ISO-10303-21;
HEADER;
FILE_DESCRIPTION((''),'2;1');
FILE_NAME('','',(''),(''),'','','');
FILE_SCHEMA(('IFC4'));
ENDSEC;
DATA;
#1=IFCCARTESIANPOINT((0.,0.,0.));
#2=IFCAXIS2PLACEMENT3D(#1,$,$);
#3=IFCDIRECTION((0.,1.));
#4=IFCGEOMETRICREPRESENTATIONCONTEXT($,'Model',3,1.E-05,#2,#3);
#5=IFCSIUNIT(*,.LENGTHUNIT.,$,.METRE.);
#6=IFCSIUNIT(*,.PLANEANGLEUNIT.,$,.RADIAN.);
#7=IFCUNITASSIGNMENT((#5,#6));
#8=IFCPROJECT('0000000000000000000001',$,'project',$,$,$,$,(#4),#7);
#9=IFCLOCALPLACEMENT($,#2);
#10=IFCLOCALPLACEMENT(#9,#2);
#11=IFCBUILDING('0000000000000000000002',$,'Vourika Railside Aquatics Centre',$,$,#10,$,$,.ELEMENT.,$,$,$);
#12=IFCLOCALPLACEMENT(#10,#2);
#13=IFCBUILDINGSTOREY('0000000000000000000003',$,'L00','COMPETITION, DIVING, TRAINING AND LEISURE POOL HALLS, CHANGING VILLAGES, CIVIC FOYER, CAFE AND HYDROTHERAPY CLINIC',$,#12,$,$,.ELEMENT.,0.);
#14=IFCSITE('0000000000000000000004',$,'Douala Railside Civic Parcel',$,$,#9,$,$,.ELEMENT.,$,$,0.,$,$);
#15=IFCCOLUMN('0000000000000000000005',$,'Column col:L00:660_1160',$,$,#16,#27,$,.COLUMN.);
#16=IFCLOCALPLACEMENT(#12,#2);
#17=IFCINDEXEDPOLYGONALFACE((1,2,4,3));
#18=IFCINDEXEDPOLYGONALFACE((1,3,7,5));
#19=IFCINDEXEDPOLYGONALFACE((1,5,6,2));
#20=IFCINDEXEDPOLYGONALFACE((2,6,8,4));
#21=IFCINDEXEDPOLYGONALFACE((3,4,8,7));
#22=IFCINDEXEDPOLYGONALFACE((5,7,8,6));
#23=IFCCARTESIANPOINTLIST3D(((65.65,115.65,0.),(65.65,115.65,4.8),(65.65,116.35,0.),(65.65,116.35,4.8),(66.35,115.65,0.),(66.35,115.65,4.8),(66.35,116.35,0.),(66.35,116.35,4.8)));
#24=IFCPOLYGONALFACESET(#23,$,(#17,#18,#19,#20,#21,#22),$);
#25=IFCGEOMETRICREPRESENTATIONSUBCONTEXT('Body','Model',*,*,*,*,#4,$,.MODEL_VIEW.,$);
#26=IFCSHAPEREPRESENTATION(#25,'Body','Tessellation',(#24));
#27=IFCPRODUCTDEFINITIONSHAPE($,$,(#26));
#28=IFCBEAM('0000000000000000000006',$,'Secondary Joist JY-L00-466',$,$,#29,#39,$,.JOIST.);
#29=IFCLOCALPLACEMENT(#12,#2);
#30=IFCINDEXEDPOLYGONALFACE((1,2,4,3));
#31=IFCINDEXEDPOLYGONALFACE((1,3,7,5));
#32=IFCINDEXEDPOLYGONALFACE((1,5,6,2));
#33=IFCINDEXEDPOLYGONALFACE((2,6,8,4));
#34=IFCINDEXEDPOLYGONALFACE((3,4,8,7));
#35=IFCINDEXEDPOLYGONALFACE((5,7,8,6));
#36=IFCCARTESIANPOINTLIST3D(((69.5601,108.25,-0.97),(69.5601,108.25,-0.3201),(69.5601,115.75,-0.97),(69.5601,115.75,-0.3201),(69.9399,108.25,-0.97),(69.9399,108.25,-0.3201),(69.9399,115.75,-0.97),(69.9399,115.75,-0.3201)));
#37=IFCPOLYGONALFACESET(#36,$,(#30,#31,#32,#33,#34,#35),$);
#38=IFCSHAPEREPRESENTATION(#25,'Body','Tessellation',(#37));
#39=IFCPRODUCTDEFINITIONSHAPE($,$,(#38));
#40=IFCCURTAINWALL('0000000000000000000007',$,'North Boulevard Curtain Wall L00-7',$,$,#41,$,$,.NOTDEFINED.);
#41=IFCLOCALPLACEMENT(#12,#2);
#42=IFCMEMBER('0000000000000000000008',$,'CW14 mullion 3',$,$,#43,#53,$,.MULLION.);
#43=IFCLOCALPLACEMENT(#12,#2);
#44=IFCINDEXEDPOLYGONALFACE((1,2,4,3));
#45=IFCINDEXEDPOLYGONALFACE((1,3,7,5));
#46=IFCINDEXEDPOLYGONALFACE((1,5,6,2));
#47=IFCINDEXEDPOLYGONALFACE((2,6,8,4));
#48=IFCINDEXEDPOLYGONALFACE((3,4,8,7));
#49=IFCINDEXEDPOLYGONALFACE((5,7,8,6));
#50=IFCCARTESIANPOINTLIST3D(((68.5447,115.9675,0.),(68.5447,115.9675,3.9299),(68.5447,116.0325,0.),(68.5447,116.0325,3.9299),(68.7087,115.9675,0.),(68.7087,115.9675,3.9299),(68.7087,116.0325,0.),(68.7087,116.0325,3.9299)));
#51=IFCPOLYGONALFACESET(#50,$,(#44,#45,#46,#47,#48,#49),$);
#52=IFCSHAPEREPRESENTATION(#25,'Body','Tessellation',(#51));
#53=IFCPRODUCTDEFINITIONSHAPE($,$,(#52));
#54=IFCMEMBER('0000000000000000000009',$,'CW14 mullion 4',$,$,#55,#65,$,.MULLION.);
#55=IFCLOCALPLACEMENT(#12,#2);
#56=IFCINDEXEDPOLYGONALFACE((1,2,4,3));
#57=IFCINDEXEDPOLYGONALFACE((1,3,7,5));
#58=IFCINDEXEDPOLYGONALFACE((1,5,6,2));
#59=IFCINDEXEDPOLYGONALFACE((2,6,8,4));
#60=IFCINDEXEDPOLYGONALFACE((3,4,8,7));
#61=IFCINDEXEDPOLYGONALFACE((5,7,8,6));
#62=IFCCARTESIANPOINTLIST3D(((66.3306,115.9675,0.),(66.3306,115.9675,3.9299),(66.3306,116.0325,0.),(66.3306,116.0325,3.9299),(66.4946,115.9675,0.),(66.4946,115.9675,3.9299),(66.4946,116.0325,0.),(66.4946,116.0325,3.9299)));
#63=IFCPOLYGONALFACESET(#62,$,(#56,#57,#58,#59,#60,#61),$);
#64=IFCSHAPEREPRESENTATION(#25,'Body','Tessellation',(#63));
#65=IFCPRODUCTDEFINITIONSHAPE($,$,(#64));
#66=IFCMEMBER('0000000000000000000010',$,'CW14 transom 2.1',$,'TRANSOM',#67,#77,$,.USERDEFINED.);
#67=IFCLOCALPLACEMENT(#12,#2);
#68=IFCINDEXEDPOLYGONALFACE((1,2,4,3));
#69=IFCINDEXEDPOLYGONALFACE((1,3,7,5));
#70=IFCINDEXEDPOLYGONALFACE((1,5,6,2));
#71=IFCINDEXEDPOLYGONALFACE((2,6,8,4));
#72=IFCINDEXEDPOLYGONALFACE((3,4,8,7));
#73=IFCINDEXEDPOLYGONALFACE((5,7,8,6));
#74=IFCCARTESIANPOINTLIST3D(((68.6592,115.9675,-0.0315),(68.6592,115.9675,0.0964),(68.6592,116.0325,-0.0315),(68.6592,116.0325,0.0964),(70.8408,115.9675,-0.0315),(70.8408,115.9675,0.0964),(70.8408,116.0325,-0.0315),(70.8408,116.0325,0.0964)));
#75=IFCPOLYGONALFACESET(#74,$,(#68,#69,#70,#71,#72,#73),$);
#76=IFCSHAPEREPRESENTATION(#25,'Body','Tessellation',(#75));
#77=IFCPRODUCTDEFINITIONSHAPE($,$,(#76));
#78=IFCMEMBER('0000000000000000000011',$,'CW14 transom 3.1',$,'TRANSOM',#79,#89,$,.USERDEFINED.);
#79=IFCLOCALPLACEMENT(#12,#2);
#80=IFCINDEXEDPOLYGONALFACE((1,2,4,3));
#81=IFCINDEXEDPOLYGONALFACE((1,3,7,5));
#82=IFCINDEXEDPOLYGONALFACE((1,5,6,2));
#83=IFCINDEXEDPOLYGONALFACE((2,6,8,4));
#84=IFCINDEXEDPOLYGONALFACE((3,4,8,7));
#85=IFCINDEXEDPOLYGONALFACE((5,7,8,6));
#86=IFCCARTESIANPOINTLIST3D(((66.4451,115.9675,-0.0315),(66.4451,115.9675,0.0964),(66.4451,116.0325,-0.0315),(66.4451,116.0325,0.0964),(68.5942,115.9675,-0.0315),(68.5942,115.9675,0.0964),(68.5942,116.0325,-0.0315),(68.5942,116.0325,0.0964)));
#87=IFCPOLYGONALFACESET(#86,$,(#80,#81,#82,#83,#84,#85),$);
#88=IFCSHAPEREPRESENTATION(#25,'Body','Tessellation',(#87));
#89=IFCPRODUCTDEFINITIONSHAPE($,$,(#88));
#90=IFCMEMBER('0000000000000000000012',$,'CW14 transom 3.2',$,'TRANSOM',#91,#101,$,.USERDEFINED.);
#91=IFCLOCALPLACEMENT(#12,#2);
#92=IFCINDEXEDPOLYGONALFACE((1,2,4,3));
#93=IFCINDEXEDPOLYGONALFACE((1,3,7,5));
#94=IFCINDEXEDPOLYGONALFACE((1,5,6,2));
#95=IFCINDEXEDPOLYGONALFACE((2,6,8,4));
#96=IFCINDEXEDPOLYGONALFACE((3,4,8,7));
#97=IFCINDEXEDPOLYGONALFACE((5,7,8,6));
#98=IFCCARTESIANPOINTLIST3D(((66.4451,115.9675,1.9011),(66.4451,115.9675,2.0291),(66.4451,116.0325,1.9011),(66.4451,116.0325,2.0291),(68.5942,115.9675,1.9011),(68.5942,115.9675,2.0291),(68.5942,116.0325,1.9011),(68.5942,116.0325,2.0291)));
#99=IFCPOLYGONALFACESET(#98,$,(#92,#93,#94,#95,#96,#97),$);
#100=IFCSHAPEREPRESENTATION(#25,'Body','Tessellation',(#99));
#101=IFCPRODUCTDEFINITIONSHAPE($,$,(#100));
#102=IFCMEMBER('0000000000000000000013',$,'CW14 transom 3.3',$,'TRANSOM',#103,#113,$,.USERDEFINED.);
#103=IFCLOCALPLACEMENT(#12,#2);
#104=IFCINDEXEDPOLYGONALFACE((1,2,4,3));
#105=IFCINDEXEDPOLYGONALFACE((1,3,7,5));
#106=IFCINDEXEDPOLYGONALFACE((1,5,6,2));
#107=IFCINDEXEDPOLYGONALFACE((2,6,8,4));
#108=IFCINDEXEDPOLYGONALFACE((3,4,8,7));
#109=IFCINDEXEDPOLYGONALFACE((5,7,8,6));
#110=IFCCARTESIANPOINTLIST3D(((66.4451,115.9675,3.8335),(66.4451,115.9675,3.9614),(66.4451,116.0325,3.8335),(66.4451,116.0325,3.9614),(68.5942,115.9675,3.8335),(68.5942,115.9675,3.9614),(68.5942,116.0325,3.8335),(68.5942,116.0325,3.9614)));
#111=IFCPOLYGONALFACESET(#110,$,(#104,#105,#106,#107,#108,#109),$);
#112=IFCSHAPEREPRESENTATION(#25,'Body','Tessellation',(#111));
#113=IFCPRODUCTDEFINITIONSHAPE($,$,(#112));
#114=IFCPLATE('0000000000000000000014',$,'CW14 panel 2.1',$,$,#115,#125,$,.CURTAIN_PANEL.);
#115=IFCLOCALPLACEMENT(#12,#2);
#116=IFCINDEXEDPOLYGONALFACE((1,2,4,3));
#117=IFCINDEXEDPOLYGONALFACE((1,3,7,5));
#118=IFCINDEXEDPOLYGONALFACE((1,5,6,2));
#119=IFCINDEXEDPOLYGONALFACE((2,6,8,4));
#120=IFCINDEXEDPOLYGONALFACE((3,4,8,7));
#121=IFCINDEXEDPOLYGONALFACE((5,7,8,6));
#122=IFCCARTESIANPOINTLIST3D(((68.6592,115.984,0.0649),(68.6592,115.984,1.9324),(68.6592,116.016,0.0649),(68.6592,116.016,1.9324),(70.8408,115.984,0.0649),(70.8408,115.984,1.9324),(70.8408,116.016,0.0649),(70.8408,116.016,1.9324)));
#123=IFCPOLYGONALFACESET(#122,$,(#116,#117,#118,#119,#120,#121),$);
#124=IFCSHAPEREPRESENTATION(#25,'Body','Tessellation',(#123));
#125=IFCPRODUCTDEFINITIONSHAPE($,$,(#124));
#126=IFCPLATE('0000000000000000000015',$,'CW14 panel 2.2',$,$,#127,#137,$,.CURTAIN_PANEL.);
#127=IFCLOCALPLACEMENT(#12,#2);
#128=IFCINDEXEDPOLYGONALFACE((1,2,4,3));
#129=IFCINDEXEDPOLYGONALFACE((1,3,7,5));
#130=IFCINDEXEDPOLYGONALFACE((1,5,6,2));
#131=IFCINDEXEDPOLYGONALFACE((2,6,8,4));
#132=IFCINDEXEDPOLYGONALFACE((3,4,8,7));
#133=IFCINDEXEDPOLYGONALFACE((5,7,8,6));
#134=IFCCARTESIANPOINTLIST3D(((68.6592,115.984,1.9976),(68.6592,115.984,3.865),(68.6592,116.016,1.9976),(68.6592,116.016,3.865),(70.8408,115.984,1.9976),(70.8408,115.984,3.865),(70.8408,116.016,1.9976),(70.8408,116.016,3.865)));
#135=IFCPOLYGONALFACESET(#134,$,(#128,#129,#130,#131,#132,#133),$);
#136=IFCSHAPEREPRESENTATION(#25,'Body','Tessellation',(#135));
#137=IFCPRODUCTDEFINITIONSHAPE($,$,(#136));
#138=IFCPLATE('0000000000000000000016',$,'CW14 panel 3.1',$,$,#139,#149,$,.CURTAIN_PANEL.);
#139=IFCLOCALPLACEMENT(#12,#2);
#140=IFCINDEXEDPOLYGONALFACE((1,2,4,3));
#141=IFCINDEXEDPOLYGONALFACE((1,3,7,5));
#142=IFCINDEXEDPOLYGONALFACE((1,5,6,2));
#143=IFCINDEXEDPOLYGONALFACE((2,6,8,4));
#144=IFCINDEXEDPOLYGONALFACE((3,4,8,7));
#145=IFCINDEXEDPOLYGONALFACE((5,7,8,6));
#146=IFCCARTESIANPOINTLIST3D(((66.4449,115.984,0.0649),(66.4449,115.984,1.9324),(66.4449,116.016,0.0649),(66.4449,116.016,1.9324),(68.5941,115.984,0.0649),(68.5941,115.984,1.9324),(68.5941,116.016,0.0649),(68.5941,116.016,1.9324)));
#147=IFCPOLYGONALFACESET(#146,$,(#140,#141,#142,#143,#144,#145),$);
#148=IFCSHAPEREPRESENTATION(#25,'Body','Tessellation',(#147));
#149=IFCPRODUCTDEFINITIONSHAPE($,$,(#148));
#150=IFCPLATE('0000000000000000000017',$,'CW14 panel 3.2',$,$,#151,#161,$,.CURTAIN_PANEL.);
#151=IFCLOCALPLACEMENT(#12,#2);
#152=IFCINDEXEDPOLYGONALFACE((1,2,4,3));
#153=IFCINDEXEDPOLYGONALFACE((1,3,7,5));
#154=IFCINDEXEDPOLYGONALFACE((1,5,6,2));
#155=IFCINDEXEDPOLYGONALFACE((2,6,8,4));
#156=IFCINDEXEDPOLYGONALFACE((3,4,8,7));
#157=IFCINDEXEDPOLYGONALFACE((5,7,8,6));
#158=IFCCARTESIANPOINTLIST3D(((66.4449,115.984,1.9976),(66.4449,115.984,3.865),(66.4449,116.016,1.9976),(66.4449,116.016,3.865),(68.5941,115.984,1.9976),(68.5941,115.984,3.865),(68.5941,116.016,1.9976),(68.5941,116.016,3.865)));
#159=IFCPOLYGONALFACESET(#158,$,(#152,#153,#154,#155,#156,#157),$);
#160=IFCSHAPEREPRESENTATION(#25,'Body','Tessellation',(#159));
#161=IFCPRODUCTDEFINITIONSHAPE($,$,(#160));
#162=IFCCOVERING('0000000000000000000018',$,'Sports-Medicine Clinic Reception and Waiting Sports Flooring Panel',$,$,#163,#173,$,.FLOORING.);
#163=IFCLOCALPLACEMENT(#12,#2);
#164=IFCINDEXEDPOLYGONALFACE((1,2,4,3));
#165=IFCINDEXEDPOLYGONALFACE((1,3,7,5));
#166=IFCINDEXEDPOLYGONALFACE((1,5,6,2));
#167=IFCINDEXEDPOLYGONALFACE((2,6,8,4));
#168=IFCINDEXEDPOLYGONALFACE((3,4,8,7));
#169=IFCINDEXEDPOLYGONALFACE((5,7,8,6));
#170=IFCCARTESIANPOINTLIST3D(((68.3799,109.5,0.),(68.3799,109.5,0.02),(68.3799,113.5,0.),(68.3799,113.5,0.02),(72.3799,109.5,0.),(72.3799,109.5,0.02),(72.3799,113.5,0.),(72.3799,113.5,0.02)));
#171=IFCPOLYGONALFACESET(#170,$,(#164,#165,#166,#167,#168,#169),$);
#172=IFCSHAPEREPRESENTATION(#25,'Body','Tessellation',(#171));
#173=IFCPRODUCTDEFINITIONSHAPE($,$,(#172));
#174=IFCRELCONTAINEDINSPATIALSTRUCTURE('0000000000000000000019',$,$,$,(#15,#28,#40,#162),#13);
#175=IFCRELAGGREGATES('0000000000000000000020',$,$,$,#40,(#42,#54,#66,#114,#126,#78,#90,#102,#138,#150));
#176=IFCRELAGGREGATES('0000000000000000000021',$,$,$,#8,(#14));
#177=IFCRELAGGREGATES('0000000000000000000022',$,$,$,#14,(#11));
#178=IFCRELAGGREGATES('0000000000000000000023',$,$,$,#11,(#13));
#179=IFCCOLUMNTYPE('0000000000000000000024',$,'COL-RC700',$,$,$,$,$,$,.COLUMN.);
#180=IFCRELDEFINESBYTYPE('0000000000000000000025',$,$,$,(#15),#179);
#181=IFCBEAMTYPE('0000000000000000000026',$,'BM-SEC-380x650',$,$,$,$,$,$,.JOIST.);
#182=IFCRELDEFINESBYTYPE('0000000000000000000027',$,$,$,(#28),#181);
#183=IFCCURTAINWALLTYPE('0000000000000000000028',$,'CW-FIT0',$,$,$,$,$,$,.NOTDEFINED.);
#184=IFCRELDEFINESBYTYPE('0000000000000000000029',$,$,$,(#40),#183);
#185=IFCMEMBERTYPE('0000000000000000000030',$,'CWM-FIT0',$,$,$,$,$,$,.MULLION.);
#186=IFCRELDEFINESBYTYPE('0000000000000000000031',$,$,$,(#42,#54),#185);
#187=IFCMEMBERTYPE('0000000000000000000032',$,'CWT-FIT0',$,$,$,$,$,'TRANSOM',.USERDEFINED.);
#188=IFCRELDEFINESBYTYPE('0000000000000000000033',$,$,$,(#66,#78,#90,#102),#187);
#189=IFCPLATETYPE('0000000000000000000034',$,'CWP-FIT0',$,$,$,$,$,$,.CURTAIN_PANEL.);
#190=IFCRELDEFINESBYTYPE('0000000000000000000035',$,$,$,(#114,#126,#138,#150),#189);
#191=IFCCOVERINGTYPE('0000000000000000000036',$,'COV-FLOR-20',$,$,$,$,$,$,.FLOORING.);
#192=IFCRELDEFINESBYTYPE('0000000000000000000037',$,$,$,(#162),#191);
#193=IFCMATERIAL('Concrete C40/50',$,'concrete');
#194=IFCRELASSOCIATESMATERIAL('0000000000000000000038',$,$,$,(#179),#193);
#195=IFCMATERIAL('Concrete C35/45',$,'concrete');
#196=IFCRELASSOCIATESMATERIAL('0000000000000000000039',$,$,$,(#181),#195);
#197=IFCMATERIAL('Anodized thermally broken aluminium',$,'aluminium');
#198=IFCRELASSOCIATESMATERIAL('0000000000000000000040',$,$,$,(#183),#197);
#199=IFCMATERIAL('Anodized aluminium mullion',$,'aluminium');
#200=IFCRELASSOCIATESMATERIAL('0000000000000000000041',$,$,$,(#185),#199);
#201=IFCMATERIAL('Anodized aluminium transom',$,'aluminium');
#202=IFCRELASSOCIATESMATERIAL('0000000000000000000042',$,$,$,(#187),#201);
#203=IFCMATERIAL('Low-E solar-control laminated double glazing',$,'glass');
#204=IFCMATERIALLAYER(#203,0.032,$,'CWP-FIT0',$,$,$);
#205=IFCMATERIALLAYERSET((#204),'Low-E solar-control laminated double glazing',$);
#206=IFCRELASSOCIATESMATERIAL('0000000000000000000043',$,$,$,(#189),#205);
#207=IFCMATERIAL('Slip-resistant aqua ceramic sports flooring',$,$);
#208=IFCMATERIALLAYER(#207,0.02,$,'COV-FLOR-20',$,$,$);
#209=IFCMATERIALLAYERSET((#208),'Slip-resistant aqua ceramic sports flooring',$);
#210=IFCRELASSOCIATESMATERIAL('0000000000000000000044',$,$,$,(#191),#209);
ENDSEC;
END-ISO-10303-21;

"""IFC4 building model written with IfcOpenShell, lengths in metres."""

from ifc_helpers import new_model, si_unit, direction, frame, origin, origin_2d, place, context, subcontext, project, spatial, rectangle, extrude, material, layer, layer_set, material_profile, profile_set, type_object, element, aggregate, save


model = new_model("IFC4")

# Units and contexts
model_context = context("Model", 3, precision=1e-05, world=origin(), true_north=direction((0.0, 1.0)))
body_context = subcontext(model_context, "Body", "Model", "MODEL_VIEW")
ifc_project = project(units=[si_unit("LENGTHUNIT", "METRE"), si_unit("PLANEANGLEUNIT", "RADIAN")], contexts=[model_context])

# Site, building, storey
site_placement = place(None, origin())
site = spatial("IfcSite", under=ifc_project, at=site_placement, Name="Douala Railside Civic Parcel", CompositionType="ELEMENT", RefElevation=0.0)
building_placement = place(site_placement, origin())
building = spatial("IfcBuilding", under=site, at=building_placement, Name="Vourika Railside Aquatics Centre", CompositionType="ELEMENT")
storey_placement = place(building_placement, origin())
storey = spatial("IfcBuildingStorey", under=building, at=storey_placement, Name="L00", Description="COMPETITION, DIVING, TRAINING AND LEISURE POOL HALLS, CHANGING VILLAGES, CIVIC FOYER, CAFE AND HYDROTHERAPY CLINIC", CompositionType="ELEMENT", Elevation=0.0)

# Column
ifc_material_1 = material(Name="Concrete C40/50", Category="concrete")
ifc_material_profile_1 = material_profile(ifc_material_1, rectangle(XDim=0.7, YDim=0.7, at=origin_2d()), Name="RC 700x700")
ifc_profile_set_1 = profile_set([ifc_material_profile_1], Name="Concrete C40/50")
column_type = type_object("IfcColumnType", Name="COL-RC700", PredefinedType="COLUMN", material=ifc_profile_set_1)
column_placement = place(storey_placement, frame((66.0, 116.0, 0.0), z_axis=(0.0, 0.0, 1.0), x_axis=(1.0, 0.0, 0.0)))
element("IfcColumn", 1, at=column_placement, inside=storey, type_object=column_type, Name="Column col:L00:660_1160", PredefinedType="COLUMN", context=body_context, shape_type="SweptSolid", body=[
    extrude(rectangle(XDim=0.7, YDim=0.7, at=origin_2d()), origin(), (0.0, 0.0, 1.0), 4.8),
])

# Beam
ifc_material_2 = material(Name="Concrete C35/45", Category="concrete")
ifc_material_profile_2 = material_profile(ifc_material_2, rectangle(XDim=0.3799, YDim=0.6499, at=origin_2d()), Name="RC 380x650")
ifc_profile_set_2 = profile_set([ifc_material_profile_2], Name="Concrete C35/45")
beam_type = type_object("IfcBeamType", Name="BM-SEC-380x650", PredefinedType="JOIST", material=ifc_profile_set_2)
beam_placement = place(storey_placement, frame((69.75, 108.25, -0.645), z_axis=(0.0, 1.0, 0.0), x_axis=(-1.0, 0.0, 0.0)))
element("IfcBeam", 2, at=beam_placement, inside=storey, type_object=beam_type, Name="Secondary Joist JY-L00-466", PredefinedType="JOIST", context=body_context, shape_type="SweptSolid", body=[
    extrude(rectangle(XDim=0.3799, YDim=0.6499, at=origin_2d()), origin(), (0.0, 0.0, 1.0), 7.5),
])

# Curtain wall, members, plates
ifc_material_3 = material(Name="Anodized thermally broken aluminium", Category="aluminium")
curtain_wall_type = type_object("IfcCurtainWallType", Name="CW-FIT0", PredefinedType="NOTDEFINED", material=ifc_material_3)
curtain_wall_placement = place(storey_placement, origin())
curtain_wall = element("IfcCurtainWall", 3, at=curtain_wall_placement, inside=storey, type_object=curtain_wall_type, Name="North Boulevard Curtain Wall L00-7", PredefinedType="NOTDEFINED")
ifc_material_4 = material(Name="Anodized aluminium mullion", Category="aluminium")
ifc_material_profile_3 = material_profile(ifc_material_4, rectangle(XDim=0.0649, YDim=0.1641, at=origin_2d()), Name="ALU-M 65x164")
ifc_profile_set_3 = profile_set([ifc_material_profile_3], Name="Anodized aluminium mullion")
member_type_1 = type_object("IfcMemberType", Name="CWM-FIT0", PredefinedType="MULLION", material=ifc_profile_set_3)
member_1_placement = place(storey_placement, frame((68.6267, 116.0, 0.0), z_axis=(0.0, 0.0, 1.0), x_axis=(0.0, -1.0, 0.0)))
member_1 = element("IfcMember", 4, at=member_1_placement, type_object=member_type_1, Name="CW14 mullion 3", PredefinedType="MULLION", context=body_context, shape_type="SweptSolid", body=[
    extrude(rectangle(XDim=0.0649, YDim=0.1641, at=origin_2d()), origin(), (0.0, 0.0, 1.0), 3.9299),
])
member_2_placement = place(storey_placement, frame((66.4126, 116.0, 0.0), z_axis=(0.0, 0.0, 1.0), x_axis=(0.0, -1.0, 0.0)))
member_2 = element("IfcMember", 5, at=member_2_placement, type_object=member_type_1, Name="CW14 mullion 4", PredefinedType="MULLION", context=body_context, shape_type="SweptSolid", body=[
    extrude(rectangle(XDim=0.0649, YDim=0.1641, at=origin_2d()), origin(), (0.0, 0.0, 1.0), 3.9299),
])
ifc_material_5 = material(Name="Anodized aluminium transom", Category="aluminium")
ifc_material_profile_4 = material_profile(ifc_material_5, rectangle(XDim=0.0649, YDim=0.1279, at=origin_2d()), Name="ALU-T 65x128")
ifc_profile_set_4 = profile_set([ifc_material_profile_4], Name="Anodized aluminium transom")
member_type_2 = type_object("IfcMemberType", Name="CWT-FIT0", ElementType="TRANSOM", PredefinedType="USERDEFINED", material=ifc_profile_set_4)
member_3_placement = place(storey_placement, frame((70.8408, 116.0, 0.0325), z_axis=(-1.0, 0.0, 0.0), x_axis=(0.0, -1.0, 0.0)))
member_3 = element("IfcMember", 6, at=member_3_placement, type_object=member_type_2, Name="CW14 transom 2.1", ObjectType="TRANSOM", PredefinedType="USERDEFINED", context=body_context, shape_type="SweptSolid", body=[
    extrude(rectangle(XDim=0.0649, YDim=0.1279, at=origin_2d()), origin(), (0.0, 0.0, 1.0), 2.1816),
])
member_4_placement = place(storey_placement, frame((68.5942, 116.0, 0.0325), z_axis=(-1.0, 0.0, 0.0), x_axis=(0.0, -1.0, 0.0)))
member_4 = element("IfcMember", 7, at=member_4_placement, type_object=member_type_2, Name="CW14 transom 3.1", ObjectType="TRANSOM", PredefinedType="USERDEFINED", context=body_context, shape_type="SweptSolid", body=[
    extrude(rectangle(XDim=0.0649, YDim=0.1279, at=origin_2d()), origin(), (0.0, 0.0, 1.0), 2.1492),
])
member_5_placement = place(storey_placement, frame((68.5942, 116.0, 1.9651), z_axis=(-1.0, 0.0, 0.0), x_axis=(0.0, -1.0, 0.0)))
member_5 = element("IfcMember", 8, at=member_5_placement, type_object=member_type_2, Name="CW14 transom 3.2", ObjectType="TRANSOM", PredefinedType="USERDEFINED", context=body_context, shape_type="SweptSolid", body=[
    extrude(rectangle(XDim=0.0649, YDim=0.1279, at=origin_2d()), origin(), (0.0, 0.0, 1.0), 2.1492),
])
member_6_placement = place(storey_placement, frame((68.5942, 116.0, 3.8975), z_axis=(-1.0, 0.0, 0.0), x_axis=(0.0, -1.0, 0.0)))
member_6 = element("IfcMember", 9, at=member_6_placement, type_object=member_type_2, Name="CW14 transom 3.3", ObjectType="TRANSOM", PredefinedType="USERDEFINED", context=body_context, shape_type="SweptSolid", body=[
    extrude(rectangle(XDim=0.0649, YDim=0.1279, at=origin_2d()), origin(), (0.0, 0.0, 1.0), 2.1492),
])
ifc_material_6 = material(Name="Low-E solar-control laminated double glazing", Category="glass")
ifc_layer_1 = layer(ifc_material_6, 0.032, Name="CWP-FIT0")
ifc_layer_set_1 = layer_set([ifc_layer_1], Name="Low-E solar-control laminated double glazing")
plate_type = type_object("IfcPlateType", Name="CWP-FIT0", PredefinedType="CURTAIN_PANEL", material=ifc_layer_set_1)
plate_1_placement = place(storey_placement, frame((69.75, 116.0, 0.0649), z_axis=(0.0, 0.0, 1.0), x_axis=(-1.0, 0.0, 0.0)))
plate_1 = element("IfcPlate", 10, at=plate_1_placement, type_object=plate_type, Name="CW14 panel 2.1", PredefinedType="CURTAIN_PANEL", context=body_context, shape_type="SweptSolid", body=[
    extrude(rectangle(XDim=2.1816, YDim=0.032, at=origin_2d()), origin(), (0.0, 0.0, 1.0), 1.8674),
])
plate_2_placement = place(storey_placement, frame((69.75, 116.0, 1.9976), z_axis=(0.0, 0.0, 1.0), x_axis=(-1.0, 0.0, 0.0)))
plate_2 = element("IfcPlate", 11, at=plate_2_placement, type_object=plate_type, Name="CW14 panel 2.2", PredefinedType="CURTAIN_PANEL", context=body_context, shape_type="SweptSolid", body=[
    extrude(rectangle(XDim=2.1816, YDim=0.032, at=origin_2d()), origin(), (0.0, 0.0, 1.0), 1.8674),
])
plate_3_placement = place(storey_placement, frame((67.5195, 116.0, 0.0649), z_axis=(0.0, 0.0, 1.0), x_axis=(-1.0, 0.0, 0.0)))
plate_3 = element("IfcPlate", 12, at=plate_3_placement, type_object=plate_type, Name="CW14 panel 3.1", PredefinedType="CURTAIN_PANEL", context=body_context, shape_type="SweptSolid", body=[
    extrude(rectangle(XDim=2.1492, YDim=0.032, at=origin_2d()), origin(), (0.0, 0.0, 1.0), 1.8674),
])
plate_4_placement = place(storey_placement, frame((67.5195, 116.0, 1.9976), z_axis=(0.0, 0.0, 1.0), x_axis=(-1.0, 0.0, 0.0)))
plate_4 = element("IfcPlate", 13, at=plate_4_placement, type_object=plate_type, Name="CW14 panel 3.2", PredefinedType="CURTAIN_PANEL", context=body_context, shape_type="SweptSolid", body=[
    extrude(rectangle(XDim=2.1492, YDim=0.032, at=origin_2d()), origin(), (0.0, 0.0, 1.0), 1.8674),
])
aggregate(curtain_wall, [member_1, member_2, member_3, plate_1, plate_2, member_4, member_5, member_6, plate_3, plate_4])

# Covering
ifc_material_7 = material(Name="Slip-resistant aqua ceramic sports flooring")
ifc_layer_2 = layer(ifc_material_7, 0.02, Name="COV-FLOR-20")
ifc_layer_set_2 = layer_set([ifc_layer_2], Name="Slip-resistant aqua ceramic sports flooring")
covering_type = type_object("IfcCoveringType", Name="COV-FLOR-20", PredefinedType="FLOORING", material=ifc_layer_set_2)
covering_placement = place(storey_placement, frame((70.3799, 111.5, 0.0), z_axis=(0.0, 0.0, 1.0), x_axis=(1.0, 0.0, 0.0)))
element("IfcCovering", 14, at=covering_placement, inside=storey, type_object=covering_type, Name="Sports-Medicine Clinic Reception and Waiting Sports Flooring Panel", PredefinedType="FLOORING", context=body_context, shape_type="SweptSolid", body=[
    extrude(rectangle(XDim=4.0, YDim=4.0, at=origin_2d()), origin(), (0.0, 0.0, 1.0), 0.02),
])

save(model, "model.ifc")
